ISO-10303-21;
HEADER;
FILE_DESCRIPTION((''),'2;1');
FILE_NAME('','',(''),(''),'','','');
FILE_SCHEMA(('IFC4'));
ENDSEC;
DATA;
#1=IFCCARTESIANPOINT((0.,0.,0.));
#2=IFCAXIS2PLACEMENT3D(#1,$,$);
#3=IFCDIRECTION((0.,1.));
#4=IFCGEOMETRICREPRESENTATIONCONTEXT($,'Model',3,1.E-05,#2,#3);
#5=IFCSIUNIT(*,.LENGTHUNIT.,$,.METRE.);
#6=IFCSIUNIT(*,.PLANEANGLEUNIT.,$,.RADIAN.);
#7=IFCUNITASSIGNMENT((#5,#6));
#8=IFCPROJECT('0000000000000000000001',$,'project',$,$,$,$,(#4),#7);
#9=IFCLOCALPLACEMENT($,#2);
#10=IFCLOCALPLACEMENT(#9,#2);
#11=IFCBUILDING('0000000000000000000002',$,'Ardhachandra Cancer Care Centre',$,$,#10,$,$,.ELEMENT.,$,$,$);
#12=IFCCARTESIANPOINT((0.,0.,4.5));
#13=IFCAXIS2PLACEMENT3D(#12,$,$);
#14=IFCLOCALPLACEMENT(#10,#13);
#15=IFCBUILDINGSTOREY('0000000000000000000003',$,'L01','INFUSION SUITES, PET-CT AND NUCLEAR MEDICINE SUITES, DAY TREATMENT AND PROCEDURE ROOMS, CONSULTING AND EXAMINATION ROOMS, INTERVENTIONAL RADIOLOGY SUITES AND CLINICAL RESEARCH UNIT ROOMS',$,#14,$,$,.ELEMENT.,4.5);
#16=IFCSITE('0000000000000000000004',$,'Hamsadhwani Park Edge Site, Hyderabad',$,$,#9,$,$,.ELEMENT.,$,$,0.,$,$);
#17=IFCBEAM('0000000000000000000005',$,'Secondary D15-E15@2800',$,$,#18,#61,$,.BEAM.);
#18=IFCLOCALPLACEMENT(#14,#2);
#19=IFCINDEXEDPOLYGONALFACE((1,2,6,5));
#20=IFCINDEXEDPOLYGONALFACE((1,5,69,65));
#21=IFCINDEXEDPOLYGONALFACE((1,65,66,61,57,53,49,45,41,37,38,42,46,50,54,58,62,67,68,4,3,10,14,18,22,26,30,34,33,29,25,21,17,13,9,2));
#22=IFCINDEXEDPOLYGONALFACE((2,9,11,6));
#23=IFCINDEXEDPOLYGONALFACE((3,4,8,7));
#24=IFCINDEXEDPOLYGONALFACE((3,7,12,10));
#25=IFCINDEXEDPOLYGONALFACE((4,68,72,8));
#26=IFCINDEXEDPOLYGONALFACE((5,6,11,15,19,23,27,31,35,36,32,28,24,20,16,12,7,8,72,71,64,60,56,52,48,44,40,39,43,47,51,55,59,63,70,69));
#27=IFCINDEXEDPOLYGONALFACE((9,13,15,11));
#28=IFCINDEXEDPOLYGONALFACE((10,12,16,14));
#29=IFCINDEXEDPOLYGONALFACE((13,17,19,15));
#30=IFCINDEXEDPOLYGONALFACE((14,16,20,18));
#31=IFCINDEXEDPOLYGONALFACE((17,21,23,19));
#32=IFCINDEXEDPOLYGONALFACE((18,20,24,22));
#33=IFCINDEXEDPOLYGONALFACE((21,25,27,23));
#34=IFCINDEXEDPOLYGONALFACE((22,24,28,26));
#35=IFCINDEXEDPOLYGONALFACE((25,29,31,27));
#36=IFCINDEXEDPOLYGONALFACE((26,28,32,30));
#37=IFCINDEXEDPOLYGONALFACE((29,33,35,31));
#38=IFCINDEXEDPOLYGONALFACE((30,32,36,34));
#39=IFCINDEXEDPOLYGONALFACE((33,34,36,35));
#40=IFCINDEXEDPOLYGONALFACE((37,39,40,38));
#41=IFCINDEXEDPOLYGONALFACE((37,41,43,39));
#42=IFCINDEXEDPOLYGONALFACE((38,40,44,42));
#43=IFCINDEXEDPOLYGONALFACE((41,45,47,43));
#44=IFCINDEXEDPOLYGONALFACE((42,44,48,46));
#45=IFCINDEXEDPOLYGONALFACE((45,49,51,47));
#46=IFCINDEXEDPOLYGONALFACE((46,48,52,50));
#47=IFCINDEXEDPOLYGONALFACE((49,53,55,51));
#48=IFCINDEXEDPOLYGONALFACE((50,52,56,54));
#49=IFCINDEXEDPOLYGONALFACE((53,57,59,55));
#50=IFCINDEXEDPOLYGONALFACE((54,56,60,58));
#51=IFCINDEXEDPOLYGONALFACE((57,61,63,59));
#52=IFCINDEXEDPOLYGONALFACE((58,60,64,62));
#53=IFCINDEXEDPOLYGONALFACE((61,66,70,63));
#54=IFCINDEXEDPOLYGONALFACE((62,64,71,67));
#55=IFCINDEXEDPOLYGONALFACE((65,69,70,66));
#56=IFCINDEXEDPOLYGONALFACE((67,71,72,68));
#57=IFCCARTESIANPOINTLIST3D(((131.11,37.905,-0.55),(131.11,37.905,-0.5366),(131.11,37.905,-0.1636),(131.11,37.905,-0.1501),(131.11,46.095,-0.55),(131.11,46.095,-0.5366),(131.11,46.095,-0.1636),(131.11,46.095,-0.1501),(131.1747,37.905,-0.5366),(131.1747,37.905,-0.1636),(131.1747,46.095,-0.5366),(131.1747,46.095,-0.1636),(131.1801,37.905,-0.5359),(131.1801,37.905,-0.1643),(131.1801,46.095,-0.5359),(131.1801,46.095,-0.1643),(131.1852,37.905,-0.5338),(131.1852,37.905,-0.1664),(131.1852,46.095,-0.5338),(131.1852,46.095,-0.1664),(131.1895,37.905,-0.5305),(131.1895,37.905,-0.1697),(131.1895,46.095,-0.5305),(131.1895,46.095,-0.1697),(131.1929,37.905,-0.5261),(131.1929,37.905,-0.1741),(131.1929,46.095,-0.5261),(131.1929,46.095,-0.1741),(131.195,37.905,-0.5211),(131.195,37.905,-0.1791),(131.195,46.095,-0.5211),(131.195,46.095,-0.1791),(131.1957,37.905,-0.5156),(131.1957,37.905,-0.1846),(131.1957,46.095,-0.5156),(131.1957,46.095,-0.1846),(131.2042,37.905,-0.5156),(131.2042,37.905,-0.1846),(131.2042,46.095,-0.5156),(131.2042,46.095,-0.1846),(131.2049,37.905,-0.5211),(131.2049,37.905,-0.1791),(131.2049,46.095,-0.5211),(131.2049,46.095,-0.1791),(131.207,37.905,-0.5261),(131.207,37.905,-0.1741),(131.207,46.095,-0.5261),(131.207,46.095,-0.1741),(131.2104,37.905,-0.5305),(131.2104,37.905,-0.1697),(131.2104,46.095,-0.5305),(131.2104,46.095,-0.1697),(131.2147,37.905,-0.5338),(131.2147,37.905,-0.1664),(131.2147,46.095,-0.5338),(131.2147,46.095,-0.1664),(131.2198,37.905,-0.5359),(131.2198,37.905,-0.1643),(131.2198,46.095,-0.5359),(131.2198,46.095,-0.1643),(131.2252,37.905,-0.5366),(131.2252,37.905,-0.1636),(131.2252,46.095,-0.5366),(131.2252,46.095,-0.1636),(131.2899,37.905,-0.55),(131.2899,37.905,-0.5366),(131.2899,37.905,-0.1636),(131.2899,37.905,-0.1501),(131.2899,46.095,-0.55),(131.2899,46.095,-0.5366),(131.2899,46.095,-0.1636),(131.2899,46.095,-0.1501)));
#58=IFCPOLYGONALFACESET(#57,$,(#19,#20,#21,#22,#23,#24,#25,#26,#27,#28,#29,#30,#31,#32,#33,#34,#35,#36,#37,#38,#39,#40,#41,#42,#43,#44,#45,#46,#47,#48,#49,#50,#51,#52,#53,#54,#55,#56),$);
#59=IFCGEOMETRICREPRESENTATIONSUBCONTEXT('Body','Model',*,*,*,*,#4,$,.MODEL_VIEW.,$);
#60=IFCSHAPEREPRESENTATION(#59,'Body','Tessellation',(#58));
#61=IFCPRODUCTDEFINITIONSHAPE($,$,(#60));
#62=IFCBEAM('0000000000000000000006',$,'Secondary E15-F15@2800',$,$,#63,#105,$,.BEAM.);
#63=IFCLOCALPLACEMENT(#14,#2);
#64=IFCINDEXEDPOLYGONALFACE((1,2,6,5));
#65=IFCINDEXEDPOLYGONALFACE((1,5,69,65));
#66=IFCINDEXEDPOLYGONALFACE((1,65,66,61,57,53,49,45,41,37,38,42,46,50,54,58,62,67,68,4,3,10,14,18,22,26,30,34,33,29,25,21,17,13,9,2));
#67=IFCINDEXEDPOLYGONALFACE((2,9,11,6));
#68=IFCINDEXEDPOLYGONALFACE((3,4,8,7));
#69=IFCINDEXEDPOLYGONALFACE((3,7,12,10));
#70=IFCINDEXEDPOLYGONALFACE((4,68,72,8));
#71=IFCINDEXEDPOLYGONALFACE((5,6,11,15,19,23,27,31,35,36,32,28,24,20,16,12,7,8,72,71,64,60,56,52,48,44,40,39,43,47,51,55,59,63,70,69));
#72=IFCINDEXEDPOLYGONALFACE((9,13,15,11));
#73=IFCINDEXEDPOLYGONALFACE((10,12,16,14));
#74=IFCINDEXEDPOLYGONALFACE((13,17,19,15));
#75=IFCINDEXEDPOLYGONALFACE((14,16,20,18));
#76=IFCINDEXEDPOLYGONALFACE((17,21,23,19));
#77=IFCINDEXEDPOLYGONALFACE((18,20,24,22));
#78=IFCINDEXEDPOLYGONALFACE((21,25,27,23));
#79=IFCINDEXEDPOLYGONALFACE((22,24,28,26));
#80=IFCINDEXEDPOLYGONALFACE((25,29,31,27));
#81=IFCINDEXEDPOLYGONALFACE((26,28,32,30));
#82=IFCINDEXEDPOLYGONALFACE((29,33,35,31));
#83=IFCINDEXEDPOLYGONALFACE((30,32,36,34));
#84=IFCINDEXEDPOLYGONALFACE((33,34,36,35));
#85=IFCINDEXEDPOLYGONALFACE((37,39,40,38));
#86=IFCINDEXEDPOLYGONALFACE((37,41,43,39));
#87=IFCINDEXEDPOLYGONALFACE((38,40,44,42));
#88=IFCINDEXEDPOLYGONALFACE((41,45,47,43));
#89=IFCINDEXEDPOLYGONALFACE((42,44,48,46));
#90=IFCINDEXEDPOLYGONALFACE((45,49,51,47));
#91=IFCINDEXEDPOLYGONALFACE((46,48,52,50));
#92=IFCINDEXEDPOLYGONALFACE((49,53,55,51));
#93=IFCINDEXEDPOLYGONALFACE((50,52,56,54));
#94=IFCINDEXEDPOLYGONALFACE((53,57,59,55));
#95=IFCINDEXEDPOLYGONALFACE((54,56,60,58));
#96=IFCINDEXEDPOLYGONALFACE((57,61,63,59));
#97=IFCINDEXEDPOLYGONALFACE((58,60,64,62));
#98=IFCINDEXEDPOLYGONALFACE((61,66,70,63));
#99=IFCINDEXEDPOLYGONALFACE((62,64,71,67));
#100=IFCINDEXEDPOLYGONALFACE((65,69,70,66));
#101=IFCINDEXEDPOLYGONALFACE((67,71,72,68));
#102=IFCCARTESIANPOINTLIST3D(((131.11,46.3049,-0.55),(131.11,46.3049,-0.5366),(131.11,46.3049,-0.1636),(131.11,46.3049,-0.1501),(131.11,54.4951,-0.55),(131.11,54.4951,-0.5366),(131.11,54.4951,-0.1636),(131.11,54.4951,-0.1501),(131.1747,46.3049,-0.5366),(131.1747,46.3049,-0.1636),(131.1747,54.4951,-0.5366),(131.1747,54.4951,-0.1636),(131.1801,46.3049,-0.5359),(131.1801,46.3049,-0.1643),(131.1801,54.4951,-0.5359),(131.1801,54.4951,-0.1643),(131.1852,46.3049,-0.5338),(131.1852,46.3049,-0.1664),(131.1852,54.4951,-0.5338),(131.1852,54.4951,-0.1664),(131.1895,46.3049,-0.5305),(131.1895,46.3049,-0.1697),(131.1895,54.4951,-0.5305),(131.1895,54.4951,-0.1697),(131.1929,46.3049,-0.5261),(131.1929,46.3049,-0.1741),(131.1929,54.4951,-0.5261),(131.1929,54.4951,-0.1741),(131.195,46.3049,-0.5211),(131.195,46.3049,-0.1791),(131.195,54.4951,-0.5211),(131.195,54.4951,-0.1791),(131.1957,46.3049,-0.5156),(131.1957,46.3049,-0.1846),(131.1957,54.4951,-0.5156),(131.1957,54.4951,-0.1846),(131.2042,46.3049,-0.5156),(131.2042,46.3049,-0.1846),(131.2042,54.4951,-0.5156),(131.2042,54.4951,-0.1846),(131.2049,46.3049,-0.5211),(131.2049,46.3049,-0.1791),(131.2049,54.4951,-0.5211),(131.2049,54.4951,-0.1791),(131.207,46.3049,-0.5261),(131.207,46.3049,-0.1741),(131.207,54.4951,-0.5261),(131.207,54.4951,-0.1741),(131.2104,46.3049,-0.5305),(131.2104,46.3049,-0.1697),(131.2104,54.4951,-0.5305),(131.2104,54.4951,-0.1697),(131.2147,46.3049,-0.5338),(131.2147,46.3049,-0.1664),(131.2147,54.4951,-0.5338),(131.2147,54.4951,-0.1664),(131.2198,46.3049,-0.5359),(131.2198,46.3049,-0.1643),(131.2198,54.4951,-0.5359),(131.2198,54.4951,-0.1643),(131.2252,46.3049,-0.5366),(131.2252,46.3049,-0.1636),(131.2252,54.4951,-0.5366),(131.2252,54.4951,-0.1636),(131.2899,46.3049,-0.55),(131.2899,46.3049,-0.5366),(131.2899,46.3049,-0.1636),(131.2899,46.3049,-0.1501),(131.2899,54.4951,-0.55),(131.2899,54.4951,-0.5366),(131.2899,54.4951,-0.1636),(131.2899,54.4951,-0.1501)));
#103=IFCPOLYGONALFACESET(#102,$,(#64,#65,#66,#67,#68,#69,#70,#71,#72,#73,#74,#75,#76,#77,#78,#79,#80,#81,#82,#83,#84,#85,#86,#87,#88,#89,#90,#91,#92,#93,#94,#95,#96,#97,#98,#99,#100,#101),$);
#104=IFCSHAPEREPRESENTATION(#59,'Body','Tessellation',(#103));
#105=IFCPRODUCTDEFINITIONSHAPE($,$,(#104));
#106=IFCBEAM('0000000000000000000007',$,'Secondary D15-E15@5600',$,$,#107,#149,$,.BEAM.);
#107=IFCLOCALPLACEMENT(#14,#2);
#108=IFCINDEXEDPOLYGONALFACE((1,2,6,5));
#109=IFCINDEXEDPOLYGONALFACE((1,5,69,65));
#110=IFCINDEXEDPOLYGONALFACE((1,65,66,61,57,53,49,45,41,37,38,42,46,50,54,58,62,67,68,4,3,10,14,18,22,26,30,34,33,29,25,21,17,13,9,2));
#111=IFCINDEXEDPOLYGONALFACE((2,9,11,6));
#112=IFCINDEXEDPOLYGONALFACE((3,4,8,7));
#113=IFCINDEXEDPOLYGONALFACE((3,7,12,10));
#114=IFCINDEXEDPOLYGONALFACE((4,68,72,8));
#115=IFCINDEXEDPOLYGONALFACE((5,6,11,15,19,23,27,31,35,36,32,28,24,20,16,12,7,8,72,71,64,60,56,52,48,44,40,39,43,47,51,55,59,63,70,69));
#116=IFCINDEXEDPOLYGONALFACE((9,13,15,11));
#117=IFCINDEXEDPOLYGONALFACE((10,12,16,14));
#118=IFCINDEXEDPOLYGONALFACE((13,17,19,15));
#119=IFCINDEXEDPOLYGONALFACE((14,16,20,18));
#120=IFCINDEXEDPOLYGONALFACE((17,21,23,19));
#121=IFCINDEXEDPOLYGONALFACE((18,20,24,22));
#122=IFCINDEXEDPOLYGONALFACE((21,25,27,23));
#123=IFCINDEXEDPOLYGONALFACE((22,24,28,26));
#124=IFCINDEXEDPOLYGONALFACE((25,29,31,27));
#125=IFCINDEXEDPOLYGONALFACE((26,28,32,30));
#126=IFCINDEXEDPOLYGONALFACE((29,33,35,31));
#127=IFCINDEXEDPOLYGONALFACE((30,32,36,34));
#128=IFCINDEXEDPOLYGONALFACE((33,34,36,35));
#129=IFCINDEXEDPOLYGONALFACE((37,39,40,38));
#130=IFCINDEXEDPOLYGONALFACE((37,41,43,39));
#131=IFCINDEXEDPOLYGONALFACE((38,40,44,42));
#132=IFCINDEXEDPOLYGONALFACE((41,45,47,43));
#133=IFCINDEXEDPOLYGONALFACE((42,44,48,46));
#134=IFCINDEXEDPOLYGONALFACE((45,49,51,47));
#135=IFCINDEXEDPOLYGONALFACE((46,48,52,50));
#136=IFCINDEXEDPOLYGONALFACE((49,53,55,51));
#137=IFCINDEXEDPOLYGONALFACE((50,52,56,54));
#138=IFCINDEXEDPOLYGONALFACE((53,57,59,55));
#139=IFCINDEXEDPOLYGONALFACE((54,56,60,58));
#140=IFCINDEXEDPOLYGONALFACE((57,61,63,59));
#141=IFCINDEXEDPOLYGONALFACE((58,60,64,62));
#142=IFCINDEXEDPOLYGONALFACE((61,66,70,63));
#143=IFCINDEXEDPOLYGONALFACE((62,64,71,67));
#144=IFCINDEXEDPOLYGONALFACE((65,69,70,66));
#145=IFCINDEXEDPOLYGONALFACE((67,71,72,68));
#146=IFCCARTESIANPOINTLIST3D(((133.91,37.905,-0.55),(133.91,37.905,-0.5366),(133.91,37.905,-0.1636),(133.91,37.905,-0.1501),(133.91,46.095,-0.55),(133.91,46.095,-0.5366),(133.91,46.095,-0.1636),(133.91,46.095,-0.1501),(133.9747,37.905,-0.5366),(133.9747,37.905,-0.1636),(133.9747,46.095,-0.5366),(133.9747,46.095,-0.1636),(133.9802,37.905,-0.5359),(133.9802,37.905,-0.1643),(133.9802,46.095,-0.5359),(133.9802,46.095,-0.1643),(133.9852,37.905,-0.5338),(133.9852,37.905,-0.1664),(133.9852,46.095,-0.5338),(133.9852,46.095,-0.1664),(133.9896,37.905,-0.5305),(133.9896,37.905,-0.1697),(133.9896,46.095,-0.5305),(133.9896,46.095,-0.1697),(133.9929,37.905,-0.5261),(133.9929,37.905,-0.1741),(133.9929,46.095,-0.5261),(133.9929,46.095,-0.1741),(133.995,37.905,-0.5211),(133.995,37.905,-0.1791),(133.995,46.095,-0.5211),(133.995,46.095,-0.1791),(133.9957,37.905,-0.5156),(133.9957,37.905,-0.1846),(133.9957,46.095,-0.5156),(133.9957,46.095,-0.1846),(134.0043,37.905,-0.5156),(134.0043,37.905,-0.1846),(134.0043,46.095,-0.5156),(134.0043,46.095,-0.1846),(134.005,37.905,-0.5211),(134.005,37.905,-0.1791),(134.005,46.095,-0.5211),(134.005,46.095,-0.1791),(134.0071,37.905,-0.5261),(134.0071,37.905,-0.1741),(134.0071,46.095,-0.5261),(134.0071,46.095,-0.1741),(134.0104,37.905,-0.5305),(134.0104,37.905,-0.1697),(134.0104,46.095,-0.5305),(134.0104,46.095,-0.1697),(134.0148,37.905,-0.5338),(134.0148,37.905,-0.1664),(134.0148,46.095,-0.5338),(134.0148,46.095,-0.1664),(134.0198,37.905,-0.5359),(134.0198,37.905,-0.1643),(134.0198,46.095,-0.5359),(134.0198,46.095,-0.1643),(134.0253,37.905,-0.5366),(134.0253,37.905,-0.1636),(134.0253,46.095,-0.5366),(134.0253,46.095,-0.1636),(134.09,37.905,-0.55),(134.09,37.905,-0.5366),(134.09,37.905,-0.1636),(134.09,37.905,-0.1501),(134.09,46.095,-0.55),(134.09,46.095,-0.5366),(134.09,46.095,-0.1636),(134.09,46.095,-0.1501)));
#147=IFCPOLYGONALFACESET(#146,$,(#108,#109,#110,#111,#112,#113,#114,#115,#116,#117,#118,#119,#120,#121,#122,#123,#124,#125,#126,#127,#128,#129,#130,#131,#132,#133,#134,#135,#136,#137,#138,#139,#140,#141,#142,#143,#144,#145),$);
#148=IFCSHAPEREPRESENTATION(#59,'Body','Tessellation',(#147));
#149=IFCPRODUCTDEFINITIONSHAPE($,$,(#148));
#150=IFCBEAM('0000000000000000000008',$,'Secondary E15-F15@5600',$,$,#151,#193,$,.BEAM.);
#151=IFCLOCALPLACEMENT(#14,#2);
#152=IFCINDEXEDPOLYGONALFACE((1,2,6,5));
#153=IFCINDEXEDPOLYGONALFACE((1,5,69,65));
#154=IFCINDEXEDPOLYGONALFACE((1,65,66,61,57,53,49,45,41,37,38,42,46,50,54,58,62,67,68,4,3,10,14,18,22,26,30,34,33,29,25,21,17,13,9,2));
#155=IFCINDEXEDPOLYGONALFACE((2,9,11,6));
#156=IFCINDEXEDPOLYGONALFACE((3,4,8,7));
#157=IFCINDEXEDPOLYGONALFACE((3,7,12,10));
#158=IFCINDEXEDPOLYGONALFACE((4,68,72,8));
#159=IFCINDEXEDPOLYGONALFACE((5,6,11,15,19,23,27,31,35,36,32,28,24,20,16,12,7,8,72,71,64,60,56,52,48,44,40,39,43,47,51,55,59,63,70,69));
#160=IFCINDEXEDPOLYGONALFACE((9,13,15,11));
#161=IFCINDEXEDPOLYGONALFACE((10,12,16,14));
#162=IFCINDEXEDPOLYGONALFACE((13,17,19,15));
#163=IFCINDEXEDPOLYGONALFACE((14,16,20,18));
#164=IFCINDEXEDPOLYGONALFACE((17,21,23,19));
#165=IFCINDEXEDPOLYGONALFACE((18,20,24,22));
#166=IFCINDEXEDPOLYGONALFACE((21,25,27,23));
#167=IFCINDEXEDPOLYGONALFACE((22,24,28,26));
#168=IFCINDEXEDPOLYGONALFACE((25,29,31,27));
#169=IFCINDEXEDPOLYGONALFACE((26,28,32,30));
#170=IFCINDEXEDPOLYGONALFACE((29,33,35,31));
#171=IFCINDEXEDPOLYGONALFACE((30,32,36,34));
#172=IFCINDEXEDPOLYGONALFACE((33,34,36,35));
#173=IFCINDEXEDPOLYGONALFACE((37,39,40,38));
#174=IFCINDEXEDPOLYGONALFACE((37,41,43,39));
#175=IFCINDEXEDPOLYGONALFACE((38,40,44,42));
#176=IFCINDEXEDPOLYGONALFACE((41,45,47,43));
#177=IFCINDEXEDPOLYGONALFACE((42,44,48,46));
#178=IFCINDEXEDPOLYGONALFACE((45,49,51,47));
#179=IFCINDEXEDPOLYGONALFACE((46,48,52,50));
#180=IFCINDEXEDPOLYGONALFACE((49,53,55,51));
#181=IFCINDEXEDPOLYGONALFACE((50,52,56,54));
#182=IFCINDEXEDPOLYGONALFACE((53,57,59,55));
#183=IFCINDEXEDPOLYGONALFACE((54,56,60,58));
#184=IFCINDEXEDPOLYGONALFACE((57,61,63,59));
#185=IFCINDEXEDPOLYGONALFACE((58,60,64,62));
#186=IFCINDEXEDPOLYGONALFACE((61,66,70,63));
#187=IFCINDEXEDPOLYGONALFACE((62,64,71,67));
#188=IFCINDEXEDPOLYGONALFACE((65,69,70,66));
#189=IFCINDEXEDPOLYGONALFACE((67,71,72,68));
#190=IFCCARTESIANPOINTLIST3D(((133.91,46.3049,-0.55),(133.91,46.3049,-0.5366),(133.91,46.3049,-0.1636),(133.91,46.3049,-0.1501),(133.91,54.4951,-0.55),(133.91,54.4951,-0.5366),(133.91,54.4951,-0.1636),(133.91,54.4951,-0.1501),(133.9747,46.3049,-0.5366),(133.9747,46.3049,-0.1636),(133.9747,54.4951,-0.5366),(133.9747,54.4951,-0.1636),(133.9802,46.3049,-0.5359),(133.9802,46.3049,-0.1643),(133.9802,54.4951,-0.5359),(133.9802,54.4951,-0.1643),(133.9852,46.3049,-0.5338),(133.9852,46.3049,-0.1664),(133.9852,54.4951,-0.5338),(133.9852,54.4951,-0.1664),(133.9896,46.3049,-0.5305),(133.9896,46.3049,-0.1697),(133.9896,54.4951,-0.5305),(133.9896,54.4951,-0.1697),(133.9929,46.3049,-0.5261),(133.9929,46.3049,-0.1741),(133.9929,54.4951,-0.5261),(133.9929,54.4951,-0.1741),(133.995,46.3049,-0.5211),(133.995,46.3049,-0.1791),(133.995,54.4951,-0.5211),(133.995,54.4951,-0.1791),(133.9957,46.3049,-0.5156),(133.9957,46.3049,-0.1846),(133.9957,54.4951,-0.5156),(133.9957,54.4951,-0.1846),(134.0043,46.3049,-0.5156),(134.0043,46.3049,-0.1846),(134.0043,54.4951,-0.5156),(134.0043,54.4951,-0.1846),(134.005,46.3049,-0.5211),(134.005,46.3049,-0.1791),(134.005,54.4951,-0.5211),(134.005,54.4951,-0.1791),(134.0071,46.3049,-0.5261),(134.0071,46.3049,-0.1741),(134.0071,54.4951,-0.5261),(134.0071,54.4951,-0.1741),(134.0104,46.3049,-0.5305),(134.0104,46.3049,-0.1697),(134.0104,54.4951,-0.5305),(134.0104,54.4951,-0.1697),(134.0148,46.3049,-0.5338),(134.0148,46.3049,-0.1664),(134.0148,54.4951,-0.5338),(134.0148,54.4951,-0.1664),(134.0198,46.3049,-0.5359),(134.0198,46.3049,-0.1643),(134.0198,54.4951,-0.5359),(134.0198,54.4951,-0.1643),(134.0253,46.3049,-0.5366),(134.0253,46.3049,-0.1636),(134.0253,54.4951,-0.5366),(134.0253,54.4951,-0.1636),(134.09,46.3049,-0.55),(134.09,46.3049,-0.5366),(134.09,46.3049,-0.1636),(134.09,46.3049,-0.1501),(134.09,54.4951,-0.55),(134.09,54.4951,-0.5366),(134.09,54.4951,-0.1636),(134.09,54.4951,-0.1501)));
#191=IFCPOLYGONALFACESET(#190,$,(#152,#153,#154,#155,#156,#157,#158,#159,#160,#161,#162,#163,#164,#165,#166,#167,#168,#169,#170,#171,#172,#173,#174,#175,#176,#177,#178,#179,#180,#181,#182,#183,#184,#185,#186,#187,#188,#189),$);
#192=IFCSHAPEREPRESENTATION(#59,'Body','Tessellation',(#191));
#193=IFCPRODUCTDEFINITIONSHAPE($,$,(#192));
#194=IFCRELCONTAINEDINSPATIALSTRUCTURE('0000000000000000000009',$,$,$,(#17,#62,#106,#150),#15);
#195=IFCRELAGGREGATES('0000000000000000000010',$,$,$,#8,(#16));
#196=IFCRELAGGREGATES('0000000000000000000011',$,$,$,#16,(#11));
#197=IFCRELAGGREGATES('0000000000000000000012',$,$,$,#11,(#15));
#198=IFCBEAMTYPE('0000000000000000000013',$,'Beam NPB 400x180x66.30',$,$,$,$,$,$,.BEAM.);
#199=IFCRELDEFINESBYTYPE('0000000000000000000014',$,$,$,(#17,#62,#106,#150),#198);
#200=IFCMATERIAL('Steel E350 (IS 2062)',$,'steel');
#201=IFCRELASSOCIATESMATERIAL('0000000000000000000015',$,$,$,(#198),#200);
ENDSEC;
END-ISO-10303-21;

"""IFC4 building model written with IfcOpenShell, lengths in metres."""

from ifc_helpers import new_model, si_unit, direction, frame, origin, origin_2d, place, context, subcontext, project, spatial, i_section, extrude, material, material_profile, profile_set, type_object, element, save


model = new_model("IFC4")

# Units and contexts
model_context = context("Model", 3, precision=1e-05, world=origin(), true_north=direction((0.0, 1.0)))
body_context = subcontext(model_context, "Body", "Model", "MODEL_VIEW")
ifc_project = project(units=[si_unit("LENGTHUNIT", "METRE"), si_unit("PLANEANGLEUNIT", "RADIAN")], contexts=[model_context])

# Site, building, storey
site_placement = place(None, origin())
site = spatial("IfcSite", under=ifc_project, at=site_placement, Name="Hamsadhwani Park Edge Site, Hyderabad", CompositionType="ELEMENT", RefElevation=0.0)
building_placement = place(site_placement, origin())
building = spatial("IfcBuilding", under=site, at=building_placement, Name="Ardhachandra Cancer Care Centre", CompositionType="ELEMENT")
storey_placement = place(building_placement, frame((0.0, 0.0, 4.5)))
storey = spatial("IfcBuildingStorey", under=building, at=storey_placement, Name="L01", Description="INFUSION SUITES, PET-CT AND NUCLEAR MEDICINE SUITES, DAY TREATMENT AND PROCEDURE ROOMS, CONSULTING AND EXAMINATION ROOMS, INTERVENTIONAL RADIOLOGY SUITES AND CLINICAL RESEARCH UNIT ROOMS", CompositionType="ELEMENT", Elevation=4.5)

# Beams
ifc_material_1 = material(Name="Steel E350 (IS 2062)", Category="steel")
ifc_material_profile_1 = material_profile(ifc_material_1, i_section(OverallWidth=0.1799, OverallDepth=0.3999, WebThickness=0.0085, FlangeThickness=0.0134, FilletRadius=0.021, at=origin_2d()), Name="NPB 400x180x66.30")
ifc_profile_set_1 = profile_set([ifc_material_profile_1], Name="Steel E350 (IS 2062)")
beam_type = type_object("IfcBeamType", Name="Beam NPB 400x180x66.30", PredefinedType="BEAM", material=ifc_profile_set_1)
beam_1_placement = place(storey_placement, frame((131.2, 37.905, -0.3501), z_axis=(0.0, 1.0, 0.0), x_axis=(-1.0, 0.0, 0.0)))
element("IfcBeam", 1, at=beam_1_placement, inside=storey, type_object=beam_type, Name="Secondary D15-E15@2800", PredefinedType="BEAM", context=body_context, shape_type="SweptSolid", body=[
    extrude(i_section(OverallWidth=0.1799, OverallDepth=0.3999, WebThickness=0.0085, FlangeThickness=0.0134, FilletRadius=0.021, at=origin_2d()), origin(), (0.0, 0.0, 1.0), 8.1899),
])
beam_2_placement = place(storey_placement, frame((131.2, 46.3049, -0.3501), z_axis=(0.0, 1.0, 0.0), x_axis=(-1.0, 0.0, 0.0)))
element("IfcBeam", 2, at=beam_2_placement, inside=storey, type_object=beam_type, Name="Secondary E15-F15@2800", PredefinedType="BEAM", context=body_context, shape_type="SweptSolid", body=[
    extrude(i_section(OverallWidth=0.1799, OverallDepth=0.3999, WebThickness=0.0085, FlangeThickness=0.0134, FilletRadius=0.021, at=origin_2d()), origin(), (0.0, 0.0, 1.0), 8.1902),
])
beam_3_placement = place(storey_placement, frame((134.0, 37.905, -0.3501), z_axis=(0.0, 1.0, 0.0), x_axis=(-1.0, 0.0, 0.0)))
element("IfcBeam", 3, at=beam_3_placement, inside=storey, type_object=beam_type, Name="Secondary D15-E15@5600", PredefinedType="BEAM", context=body_context, shape_type="SweptSolid", body=[
    extrude(i_section(OverallWidth=0.1799, OverallDepth=0.3999, WebThickness=0.0085, FlangeThickness=0.0134, FilletRadius=0.021, at=origin_2d()), origin(), (0.0, 0.0, 1.0), 8.1899),
])
beam_4_placement = place(storey_placement, frame((134.0, 46.3049, -0.3501), z_axis=(0.0, 1.0, 0.0), x_axis=(-1.0, 0.0, 0.0)))
element("IfcBeam", 4, at=beam_4_placement, inside=storey, type_object=beam_type, Name="Secondary E15-F15@5600", PredefinedType="BEAM", context=body_context, shape_type="SweptSolid", body=[
    extrude(i_section(OverallWidth=0.1799, OverallDepth=0.3999, WebThickness=0.0085, FlangeThickness=0.0134, FilletRadius=0.021, at=origin_2d()), origin(), (0.0, 0.0, 1.0), 8.1902),
])

save(model, "model.ifc")
